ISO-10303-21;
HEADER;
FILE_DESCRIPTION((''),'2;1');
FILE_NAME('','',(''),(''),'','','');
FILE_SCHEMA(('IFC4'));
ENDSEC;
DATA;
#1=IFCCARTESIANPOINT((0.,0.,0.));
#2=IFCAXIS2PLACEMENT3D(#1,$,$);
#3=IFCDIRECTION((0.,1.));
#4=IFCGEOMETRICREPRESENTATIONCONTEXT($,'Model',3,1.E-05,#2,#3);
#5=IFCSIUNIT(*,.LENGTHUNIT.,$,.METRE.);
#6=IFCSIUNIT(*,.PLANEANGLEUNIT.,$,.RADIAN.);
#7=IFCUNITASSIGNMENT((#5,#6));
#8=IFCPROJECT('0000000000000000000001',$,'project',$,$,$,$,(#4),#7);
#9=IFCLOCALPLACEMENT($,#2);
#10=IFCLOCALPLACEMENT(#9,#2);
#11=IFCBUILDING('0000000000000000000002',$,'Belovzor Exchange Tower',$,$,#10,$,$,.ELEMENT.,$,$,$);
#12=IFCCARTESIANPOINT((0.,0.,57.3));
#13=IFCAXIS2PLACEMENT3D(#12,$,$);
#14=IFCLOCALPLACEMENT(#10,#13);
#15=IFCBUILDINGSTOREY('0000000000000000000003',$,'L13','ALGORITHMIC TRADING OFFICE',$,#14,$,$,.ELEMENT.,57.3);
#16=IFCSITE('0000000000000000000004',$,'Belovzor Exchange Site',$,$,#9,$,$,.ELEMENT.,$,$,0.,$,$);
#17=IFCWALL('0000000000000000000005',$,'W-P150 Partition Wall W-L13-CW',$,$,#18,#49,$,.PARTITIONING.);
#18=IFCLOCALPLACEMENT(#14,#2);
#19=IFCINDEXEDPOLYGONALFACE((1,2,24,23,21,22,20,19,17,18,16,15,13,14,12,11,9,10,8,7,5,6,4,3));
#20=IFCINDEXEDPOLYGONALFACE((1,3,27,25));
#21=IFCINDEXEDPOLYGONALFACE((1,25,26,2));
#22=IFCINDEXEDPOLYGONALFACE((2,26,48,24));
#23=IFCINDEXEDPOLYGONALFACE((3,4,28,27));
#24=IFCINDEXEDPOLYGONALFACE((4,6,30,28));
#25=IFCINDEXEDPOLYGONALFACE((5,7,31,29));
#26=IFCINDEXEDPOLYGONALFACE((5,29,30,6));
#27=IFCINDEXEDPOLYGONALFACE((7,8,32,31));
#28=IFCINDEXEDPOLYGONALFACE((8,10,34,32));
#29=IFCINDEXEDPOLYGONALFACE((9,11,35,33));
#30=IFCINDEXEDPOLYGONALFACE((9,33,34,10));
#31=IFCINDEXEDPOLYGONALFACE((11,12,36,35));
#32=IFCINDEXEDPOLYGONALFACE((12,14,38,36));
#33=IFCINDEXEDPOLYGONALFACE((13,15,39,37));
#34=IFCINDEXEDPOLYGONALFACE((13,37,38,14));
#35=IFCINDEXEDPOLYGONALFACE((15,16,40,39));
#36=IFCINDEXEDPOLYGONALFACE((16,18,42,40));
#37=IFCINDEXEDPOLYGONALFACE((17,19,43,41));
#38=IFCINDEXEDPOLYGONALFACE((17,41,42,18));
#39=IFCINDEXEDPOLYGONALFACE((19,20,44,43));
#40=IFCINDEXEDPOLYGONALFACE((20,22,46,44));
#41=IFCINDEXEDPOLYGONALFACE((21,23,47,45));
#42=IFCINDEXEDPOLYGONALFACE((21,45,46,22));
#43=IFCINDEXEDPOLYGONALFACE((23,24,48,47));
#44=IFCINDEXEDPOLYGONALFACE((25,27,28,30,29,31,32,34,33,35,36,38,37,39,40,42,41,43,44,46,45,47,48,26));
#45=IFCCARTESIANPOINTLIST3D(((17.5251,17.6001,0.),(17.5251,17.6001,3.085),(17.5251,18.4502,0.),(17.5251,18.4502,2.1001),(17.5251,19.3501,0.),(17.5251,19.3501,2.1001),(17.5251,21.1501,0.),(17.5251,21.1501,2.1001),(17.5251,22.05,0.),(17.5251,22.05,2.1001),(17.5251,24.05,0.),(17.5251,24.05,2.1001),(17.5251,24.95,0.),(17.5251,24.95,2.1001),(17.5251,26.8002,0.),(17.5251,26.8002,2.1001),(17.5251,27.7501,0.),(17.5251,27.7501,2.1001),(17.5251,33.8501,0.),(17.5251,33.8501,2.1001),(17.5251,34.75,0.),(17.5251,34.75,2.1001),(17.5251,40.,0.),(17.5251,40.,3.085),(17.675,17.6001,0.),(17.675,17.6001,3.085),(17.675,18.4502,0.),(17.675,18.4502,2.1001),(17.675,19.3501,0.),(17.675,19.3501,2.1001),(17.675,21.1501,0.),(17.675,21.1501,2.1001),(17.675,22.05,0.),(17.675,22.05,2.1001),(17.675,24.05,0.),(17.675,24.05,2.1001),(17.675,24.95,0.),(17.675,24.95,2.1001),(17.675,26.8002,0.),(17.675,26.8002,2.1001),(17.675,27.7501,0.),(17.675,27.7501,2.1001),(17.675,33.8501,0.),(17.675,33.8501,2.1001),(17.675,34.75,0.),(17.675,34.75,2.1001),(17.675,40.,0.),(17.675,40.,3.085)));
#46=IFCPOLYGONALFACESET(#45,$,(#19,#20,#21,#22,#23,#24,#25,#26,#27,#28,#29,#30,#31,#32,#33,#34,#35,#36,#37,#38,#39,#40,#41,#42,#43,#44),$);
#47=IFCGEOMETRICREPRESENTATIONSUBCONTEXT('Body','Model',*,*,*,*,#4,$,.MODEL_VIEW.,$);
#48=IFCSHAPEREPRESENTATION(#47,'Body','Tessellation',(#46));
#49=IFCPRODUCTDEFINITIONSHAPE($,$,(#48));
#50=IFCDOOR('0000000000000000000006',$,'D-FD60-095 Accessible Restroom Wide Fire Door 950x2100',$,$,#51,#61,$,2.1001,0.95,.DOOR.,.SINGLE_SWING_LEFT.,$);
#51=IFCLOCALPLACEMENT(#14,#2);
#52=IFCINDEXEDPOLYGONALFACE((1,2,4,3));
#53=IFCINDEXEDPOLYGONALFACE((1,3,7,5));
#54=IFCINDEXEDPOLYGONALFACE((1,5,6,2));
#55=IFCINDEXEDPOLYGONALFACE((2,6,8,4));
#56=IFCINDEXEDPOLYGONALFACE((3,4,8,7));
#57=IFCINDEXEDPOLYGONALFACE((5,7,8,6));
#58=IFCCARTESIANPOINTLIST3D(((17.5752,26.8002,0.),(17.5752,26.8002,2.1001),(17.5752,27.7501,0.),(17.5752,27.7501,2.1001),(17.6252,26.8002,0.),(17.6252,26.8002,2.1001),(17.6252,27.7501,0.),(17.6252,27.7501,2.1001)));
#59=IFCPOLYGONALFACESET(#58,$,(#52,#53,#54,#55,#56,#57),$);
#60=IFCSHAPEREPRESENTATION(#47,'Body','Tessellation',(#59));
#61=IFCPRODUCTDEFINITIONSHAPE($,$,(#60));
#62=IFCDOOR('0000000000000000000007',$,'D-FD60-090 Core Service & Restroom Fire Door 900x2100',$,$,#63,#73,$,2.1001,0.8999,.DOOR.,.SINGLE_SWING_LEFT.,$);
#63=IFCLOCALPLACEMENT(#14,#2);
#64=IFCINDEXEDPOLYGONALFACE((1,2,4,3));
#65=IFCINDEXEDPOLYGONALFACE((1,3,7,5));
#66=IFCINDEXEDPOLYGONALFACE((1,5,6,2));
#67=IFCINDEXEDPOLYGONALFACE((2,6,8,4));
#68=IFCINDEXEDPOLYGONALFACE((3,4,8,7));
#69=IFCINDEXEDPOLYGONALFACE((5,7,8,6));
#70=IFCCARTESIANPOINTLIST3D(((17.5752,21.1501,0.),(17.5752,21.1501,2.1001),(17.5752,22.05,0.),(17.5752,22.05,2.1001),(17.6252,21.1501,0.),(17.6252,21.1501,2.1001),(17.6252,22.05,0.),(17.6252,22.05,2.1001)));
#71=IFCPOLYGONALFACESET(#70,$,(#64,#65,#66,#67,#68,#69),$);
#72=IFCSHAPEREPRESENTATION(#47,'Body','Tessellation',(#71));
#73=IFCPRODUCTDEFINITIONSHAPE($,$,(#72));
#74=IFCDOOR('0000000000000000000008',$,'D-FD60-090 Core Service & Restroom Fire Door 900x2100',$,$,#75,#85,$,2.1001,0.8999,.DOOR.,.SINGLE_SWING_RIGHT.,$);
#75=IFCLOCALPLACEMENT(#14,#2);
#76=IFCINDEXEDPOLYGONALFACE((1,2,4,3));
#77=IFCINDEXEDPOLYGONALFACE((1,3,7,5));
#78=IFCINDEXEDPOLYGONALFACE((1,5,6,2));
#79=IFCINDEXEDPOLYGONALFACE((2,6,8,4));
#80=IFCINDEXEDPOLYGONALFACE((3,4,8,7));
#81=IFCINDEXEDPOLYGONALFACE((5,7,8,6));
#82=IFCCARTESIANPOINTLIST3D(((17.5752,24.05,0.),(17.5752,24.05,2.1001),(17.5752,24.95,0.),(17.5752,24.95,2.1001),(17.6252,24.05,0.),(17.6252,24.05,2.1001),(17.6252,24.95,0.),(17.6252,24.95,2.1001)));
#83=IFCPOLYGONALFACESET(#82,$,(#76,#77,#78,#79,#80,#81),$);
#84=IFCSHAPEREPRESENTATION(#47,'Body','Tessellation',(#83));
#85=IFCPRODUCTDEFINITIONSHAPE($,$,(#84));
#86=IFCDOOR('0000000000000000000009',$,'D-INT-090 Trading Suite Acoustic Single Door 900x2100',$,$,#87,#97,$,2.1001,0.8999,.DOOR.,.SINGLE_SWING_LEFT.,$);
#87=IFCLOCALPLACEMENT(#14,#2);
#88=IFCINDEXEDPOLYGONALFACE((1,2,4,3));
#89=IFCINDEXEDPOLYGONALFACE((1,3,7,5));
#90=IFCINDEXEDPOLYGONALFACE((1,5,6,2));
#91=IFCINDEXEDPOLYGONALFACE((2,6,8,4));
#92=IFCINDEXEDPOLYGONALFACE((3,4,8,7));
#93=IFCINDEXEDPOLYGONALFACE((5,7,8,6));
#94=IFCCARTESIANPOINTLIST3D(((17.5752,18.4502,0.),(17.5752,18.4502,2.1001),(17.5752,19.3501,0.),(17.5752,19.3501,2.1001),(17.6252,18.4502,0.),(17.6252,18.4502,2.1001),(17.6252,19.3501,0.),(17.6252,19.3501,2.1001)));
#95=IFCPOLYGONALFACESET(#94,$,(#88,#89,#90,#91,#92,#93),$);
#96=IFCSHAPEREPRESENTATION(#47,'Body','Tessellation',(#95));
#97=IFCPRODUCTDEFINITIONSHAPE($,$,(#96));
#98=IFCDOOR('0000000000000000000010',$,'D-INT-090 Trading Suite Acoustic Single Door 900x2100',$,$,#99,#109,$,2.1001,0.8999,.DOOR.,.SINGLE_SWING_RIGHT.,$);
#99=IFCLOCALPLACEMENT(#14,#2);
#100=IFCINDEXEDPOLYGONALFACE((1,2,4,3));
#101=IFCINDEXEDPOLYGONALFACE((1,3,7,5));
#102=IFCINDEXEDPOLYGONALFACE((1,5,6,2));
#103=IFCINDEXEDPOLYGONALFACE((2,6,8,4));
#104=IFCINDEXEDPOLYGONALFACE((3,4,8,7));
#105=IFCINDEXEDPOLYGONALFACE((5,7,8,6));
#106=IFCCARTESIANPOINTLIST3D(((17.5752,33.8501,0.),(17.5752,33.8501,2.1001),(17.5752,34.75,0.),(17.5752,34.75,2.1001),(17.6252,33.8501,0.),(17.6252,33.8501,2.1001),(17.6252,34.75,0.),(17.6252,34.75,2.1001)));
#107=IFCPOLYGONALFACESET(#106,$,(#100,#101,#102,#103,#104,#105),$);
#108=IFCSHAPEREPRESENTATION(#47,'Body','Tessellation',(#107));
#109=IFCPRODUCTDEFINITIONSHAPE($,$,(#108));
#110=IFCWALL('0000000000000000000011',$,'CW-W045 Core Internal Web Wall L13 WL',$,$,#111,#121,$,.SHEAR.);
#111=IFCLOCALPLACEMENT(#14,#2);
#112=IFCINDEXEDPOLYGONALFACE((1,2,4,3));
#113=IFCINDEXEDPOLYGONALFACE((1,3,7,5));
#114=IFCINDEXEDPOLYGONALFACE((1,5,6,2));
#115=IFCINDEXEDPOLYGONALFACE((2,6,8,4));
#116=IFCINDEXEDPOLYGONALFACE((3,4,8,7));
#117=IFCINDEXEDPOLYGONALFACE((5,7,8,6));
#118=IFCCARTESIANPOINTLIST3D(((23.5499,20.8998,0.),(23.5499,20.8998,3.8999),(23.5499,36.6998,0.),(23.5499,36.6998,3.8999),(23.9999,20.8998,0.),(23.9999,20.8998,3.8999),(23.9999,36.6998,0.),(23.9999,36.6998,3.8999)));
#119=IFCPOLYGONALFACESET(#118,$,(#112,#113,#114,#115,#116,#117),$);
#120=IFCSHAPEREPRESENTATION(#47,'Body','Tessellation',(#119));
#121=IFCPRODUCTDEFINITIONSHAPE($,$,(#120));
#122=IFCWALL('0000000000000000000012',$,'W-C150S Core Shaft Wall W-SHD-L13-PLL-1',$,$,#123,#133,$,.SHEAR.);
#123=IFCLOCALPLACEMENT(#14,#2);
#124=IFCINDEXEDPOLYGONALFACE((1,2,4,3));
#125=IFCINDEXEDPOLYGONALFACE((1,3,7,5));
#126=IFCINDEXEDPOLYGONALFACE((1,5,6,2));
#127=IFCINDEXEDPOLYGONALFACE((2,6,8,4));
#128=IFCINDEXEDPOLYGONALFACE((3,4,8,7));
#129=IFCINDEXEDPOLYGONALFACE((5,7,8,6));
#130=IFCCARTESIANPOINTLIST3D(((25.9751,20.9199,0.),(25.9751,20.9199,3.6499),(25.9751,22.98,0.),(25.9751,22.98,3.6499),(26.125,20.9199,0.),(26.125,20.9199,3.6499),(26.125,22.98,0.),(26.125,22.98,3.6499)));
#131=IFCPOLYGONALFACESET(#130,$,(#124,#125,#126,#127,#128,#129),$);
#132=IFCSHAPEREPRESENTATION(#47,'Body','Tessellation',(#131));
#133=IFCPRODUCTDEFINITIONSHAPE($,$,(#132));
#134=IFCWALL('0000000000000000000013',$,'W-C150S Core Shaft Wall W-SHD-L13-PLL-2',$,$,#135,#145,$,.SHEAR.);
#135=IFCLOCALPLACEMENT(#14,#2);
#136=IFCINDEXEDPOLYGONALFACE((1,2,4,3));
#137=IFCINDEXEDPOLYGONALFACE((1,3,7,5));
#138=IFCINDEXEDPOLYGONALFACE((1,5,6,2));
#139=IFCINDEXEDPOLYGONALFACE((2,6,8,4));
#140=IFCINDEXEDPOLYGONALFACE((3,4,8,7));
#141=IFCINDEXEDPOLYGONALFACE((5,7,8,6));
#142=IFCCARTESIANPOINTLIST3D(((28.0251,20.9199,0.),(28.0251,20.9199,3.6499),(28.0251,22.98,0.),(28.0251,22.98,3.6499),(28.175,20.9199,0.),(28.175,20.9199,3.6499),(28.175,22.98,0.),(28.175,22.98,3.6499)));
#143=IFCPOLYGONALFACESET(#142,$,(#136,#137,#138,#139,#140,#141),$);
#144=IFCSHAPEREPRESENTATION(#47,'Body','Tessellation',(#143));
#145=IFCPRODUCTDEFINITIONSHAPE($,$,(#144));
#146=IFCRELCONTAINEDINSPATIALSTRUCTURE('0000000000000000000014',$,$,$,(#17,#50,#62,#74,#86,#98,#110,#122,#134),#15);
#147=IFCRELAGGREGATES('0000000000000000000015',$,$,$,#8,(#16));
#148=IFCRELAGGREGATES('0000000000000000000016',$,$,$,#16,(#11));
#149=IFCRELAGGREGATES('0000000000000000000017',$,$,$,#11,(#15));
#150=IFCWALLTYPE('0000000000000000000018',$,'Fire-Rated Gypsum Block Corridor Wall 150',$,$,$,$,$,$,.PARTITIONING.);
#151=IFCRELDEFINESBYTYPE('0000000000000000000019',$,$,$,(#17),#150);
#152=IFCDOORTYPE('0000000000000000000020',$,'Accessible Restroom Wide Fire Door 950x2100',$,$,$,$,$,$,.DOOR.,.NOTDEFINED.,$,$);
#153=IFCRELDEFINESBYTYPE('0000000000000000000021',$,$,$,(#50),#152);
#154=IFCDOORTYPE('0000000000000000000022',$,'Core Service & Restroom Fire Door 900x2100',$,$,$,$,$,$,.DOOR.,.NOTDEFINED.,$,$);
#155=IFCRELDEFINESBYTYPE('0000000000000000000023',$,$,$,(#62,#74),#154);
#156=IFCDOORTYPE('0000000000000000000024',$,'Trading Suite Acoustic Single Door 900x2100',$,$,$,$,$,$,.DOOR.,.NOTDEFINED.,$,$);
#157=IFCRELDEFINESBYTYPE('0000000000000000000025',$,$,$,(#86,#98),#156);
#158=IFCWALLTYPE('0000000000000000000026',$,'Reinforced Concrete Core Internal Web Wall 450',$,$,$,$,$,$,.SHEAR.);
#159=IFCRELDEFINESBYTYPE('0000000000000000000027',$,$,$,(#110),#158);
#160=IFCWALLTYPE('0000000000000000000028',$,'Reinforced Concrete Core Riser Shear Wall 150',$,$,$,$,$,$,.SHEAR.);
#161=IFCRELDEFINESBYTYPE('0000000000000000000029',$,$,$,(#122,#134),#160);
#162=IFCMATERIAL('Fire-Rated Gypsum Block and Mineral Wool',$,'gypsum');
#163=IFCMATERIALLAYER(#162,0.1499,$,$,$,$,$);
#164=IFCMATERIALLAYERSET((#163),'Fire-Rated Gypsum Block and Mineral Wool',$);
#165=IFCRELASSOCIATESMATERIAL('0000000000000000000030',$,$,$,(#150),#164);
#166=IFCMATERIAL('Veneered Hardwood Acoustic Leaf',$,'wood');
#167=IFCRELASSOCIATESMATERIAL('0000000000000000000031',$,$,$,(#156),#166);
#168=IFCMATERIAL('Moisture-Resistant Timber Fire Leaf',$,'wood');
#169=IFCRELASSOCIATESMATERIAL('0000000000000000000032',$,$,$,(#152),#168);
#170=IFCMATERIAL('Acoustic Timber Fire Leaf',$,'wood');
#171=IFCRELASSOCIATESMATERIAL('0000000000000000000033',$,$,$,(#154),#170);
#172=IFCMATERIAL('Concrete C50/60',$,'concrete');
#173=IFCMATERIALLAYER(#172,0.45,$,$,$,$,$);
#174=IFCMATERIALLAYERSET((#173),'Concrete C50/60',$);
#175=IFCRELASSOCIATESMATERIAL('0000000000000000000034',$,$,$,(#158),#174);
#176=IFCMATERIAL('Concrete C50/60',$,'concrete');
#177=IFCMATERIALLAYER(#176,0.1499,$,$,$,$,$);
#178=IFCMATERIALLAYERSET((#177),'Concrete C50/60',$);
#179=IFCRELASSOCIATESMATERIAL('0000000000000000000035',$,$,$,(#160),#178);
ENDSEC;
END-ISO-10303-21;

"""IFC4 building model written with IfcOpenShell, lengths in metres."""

from ifc_helpers import new_model, si_unit, direction, frame, frame_2d, origin, place, context, subcontext, project, spatial, rectangle, extrude, material, layer, layer_set, type_object, element, fill, save


model = new_model("IFC4")

# Units and contexts
model_context = context("Model", 3, precision=1e-05, world=origin(), true_north=direction((0.0, 1.0)))
body_context = subcontext(model_context, "Body", "Model", "MODEL_VIEW")
ifc_project = project(units=[si_unit("LENGTHUNIT", "METRE"), si_unit("PLANEANGLEUNIT", "RADIAN")], contexts=[model_context])

# Site, building, storey
site_placement = place(None, origin())
site = spatial("IfcSite", under=ifc_project, at=site_placement, Name="Belovzor Exchange Site", CompositionType="ELEMENT", RefElevation=0.0)
building_placement = place(site_placement, origin())
building = spatial("IfcBuilding", under=site, at=building_placement, Name="Belovzor Exchange Tower", CompositionType="ELEMENT")
storey_placement = place(building_placement, frame((0.0, 0.0, 57.3)))
storey = spatial("IfcBuildingStorey", under=building, at=storey_placement, Name="L13", Description="ALGORITHMIC TRADING OFFICE", CompositionType="ELEMENT", Elevation=57.3)

# Shared definitions
ifc_material_1 = material(Name="Fire-Rated Gypsum Block and Mineral Wool", Category="gypsum")
ifc_layer_1 = layer(ifc_material_1, 0.1499)
ifc_layer_set_1 = layer_set([ifc_layer_1], Name="Fire-Rated Gypsum Block and Mineral Wool")
wall_type_1 = type_object("IfcWallType", Name="Fire-Rated Gypsum Block Corridor Wall 150", PredefinedType="PARTITIONING", material=ifc_layer_set_1)

# Shared definitions
ifc_material_2 = material(Name="Veneered Hardwood Acoustic Leaf", Category="wood")
door_type_1 = type_object("IfcDoorType", Name="Trading Suite Acoustic Single Door 900x2100", OperationType="NOTDEFINED", PredefinedType="DOOR", material=ifc_material_2)

# Wall, openings, doors
wall_1_placement = place(storey_placement, frame((17.6001, 17.6001, 0.0), z_axis=(0.0, 0.0, 1.0), x_axis=(0.0, 1.0, 0.0)))
wall_1 = element("IfcWall", 1, at=wall_1_placement, inside=storey, type_object=wall_type_1, Name="W-P150 Partition Wall W-L13-CW", PredefinedType="PARTITIONING", context=body_context, shape_type="SweptSolid", body=[
    extrude(rectangle(XDim=22.3999, YDim=0.1499, at=frame_2d((11.2, 0.0))), origin(), (0.0, 0.0, 1.0), 3.085),
])
opening_1_placement = place(wall_1_placement, frame((0.8501, 0.0, 0.0)))
opening_1 = element("IfcOpeningElement", 2, at=opening_1_placement, cuts=wall_1, PredefinedType="OPENING", context=body_context, shape_type="SweptSolid", body=[
    extrude(rectangle(XDim=0.8999, YDim=2.1001, at=frame_2d((0.45, 1.05))), frame((0.0, 0.085, 0.0), z_axis=(0.0, -1.0, 0.0), x_axis=(1.0, 0.0, 0.0)), (0.0, 0.0, 1.0), 0.1699),
])
opening_2_placement = place(wall_1_placement, frame((3.55, 0.0, 0.0)))
opening_2 = element("IfcOpeningElement", 3, at=opening_2_placement, cuts=wall_1, PredefinedType="OPENING", context=body_context, shape_type="SweptSolid", body=[
    extrude(rectangle(XDim=0.8999, YDim=2.1001, at=frame_2d((0.45, 1.05))), frame((0.0, 0.085, 0.0), z_axis=(0.0, -1.0, 0.0), x_axis=(1.0, 0.0, 0.0)), (0.0, 0.0, 1.0), 0.1699),
])
opening_3_placement = place(wall_1_placement, frame((6.45, 0.0, 0.0)))
opening_3 = element("IfcOpeningElement", 4, at=opening_3_placement, cuts=wall_1, PredefinedType="OPENING", context=body_context, shape_type="SweptSolid", body=[
    extrude(rectangle(XDim=0.8999, YDim=2.1001, at=frame_2d((0.45, 1.05))), frame((0.0, 0.085, 0.0), z_axis=(0.0, -1.0, 0.0), x_axis=(1.0, 0.0, 0.0)), (0.0, 0.0, 1.0), 0.1699),
])
opening_4_placement = place(wall_1_placement, frame((9.2, 0.0, 0.0)))
opening_4 = element("IfcOpeningElement", 5, at=opening_4_placement, cuts=wall_1, PredefinedType="OPENING", context=body_context, shape_type="SweptSolid", body=[
    extrude(rectangle(XDim=0.95, YDim=2.1001, at=frame_2d((0.4751, 1.05))), frame((0.0, 0.085, 0.0), z_axis=(0.0, -1.0, 0.0), x_axis=(1.0, 0.0, 0.0)), (0.0, 0.0, 1.0), 0.1699),
])
opening_5_placement = place(wall_1_placement, frame((16.25, 0.0, 0.0)))
opening_5 = element("IfcOpeningElement", 6, at=opening_5_placement, cuts=wall_1, PredefinedType="OPENING", context=body_context, shape_type="SweptSolid", body=[
    extrude(rectangle(XDim=0.8999, YDim=2.1001, at=frame_2d((0.45, 1.05))), frame((0.0, 0.085, 0.0), z_axis=(0.0, -1.0, 0.0), x_axis=(1.0, 0.0, 0.0)), (0.0, 0.0, 1.0), 0.1699),
])
ifc_material_3 = material(Name="Moisture-Resistant Timber Fire Leaf", Category="wood")
door_type_2 = type_object("IfcDoorType", Name="Accessible Restroom Wide Fire Door 950x2100", OperationType="NOTDEFINED", PredefinedType="DOOR", material=ifc_material_3)
door_1_placement = place(opening_4_placement, origin())
door_1 = element("IfcDoor", 7, at=door_1_placement, inside=storey, type_object=door_type_2, Name="D-FD60-095 Accessible Restroom Wide Fire Door 950x2100", OperationType="SINGLE_SWING_LEFT", OverallHeight=2.1001, OverallWidth=0.95, PredefinedType="DOOR", context=body_context, shape_type="SweptSolid", body=[
    extrude(rectangle(XDim=0.95, YDim=2.1001, at=frame_2d((0.4751, 1.05))), frame((0.0, 0.0249, 0.0), z_axis=(0.0, -1.0, 0.0), x_axis=(1.0, 0.0, 0.0)), (0.0, 0.0, 1.0), 0.05),
])
fill(opening_4, door_1)
ifc_material_4 = material(Name="Acoustic Timber Fire Leaf", Category="wood")
door_type_3 = type_object("IfcDoorType", Name="Core Service & Restroom Fire Door 900x2100", OperationType="NOTDEFINED", PredefinedType="DOOR", material=ifc_material_4)
door_2_placement = place(opening_2_placement, origin())
door_2 = element("IfcDoor", 8, at=door_2_placement, inside=storey, type_object=door_type_3, Name="D-FD60-090 Core Service & Restroom Fire Door 900x2100", OperationType="SINGLE_SWING_LEFT", OverallHeight=2.1001, OverallWidth=0.8999, PredefinedType="DOOR", context=body_context, shape_type="SweptSolid", body=[
    extrude(rectangle(XDim=0.8999, YDim=2.1001, at=frame_2d((0.45, 1.05))), frame((0.0, 0.0249, 0.0), z_axis=(0.0, -1.0, 0.0), x_axis=(1.0, 0.0, 0.0)), (0.0, 0.0, 1.0), 0.05),
])
fill(opening_2, door_2)
door_3_placement = place(opening_3_placement, origin())
door_3 = element("IfcDoor", 9, at=door_3_placement, inside=storey, type_object=door_type_3, Name="D-FD60-090 Core Service & Restroom Fire Door 900x2100", OperationType="SINGLE_SWING_RIGHT", OverallHeight=2.1001, OverallWidth=0.8999, PredefinedType="DOOR", context=body_context, shape_type="SweptSolid", body=[
    extrude(rectangle(XDim=0.8999, YDim=2.1001, at=frame_2d((0.45, 1.05))), frame((0.0, 0.0249, 0.0), z_axis=(0.0, -1.0, 0.0), x_axis=(1.0, 0.0, 0.0)), (0.0, 0.0, 1.0), 0.05),
])
fill(opening_3, door_3)
door_4_placement = place(opening_1_placement, origin())
door_4 = element("IfcDoor", 10, at=door_4_placement, inside=storey, type_object=door_type_1, Name="D-INT-090 Trading Suite Acoustic Single Door 900x2100", OperationType="SINGLE_SWING_LEFT", OverallHeight=2.1001, OverallWidth=0.8999, PredefinedType="DOOR", context=body_context, shape_type="SweptSolid", body=[
    extrude(rectangle(XDim=0.8999, YDim=2.1001, at=frame_2d((0.45, 1.05))), frame((0.0, 0.0249, 0.0), z_axis=(0.0, -1.0, 0.0), x_axis=(1.0, 0.0, 0.0)), (0.0, 0.0, 1.0), 0.05),
])
fill(opening_1, door_4)
door_5_placement = place(opening_5_placement, origin())
door_5 = element("IfcDoor", 11, at=door_5_placement, inside=storey, type_object=door_type_1, Name="D-INT-090 Trading Suite Acoustic Single Door 900x2100", OperationType="SINGLE_SWING_RIGHT", OverallHeight=2.1001, OverallWidth=0.8999, PredefinedType="DOOR", context=body_context, shape_type="SweptSolid", body=[
    extrude(rectangle(XDim=0.8999, YDim=2.1001, at=frame_2d((0.45, 1.05))), frame((0.0, 0.0249, 0.0), z_axis=(0.0, -1.0, 0.0), x_axis=(1.0, 0.0, 0.0)), (0.0, 0.0, 1.0), 0.05),
])
fill(opening_5, door_5)

# Walls
ifc_material_5 = material(Name="Concrete C50/60", Category="concrete")
ifc_layer_2 = layer(ifc_material_5, 0.45)
ifc_layer_set_2 = layer_set([ifc_layer_2], Name="Concrete C50/60")
wall_type_2 = type_object("IfcWallType", Name="Reinforced Concrete Core Internal Web Wall 450", PredefinedType="SHEAR", material=ifc_layer_set_2)
wall_2_placement = place(storey_placement, frame((23.7749, 20.8999, 0.0), z_axis=(0.0, 0.0, 1.0), x_axis=(0.0, 1.0, 0.0)))
element("IfcWall", 12, at=wall_2_placement, inside=storey, type_object=wall_type_2, Name="CW-W045 Core Internal Web Wall L13 WL", PredefinedType="SHEAR", context=body_context, shape_type="SweptSolid", body=[
    extrude(rectangle(XDim=15.8, YDim=0.45, at=frame_2d((7.8999, 0.0))), origin(), (0.0, 0.0, 1.0), 3.8999),
])
ifc_material_6 = material(Name="Concrete C50/60", Category="concrete")
ifc_layer_3 = layer(ifc_material_6, 0.1499)
ifc_layer_set_3 = layer_set([ifc_layer_3], Name="Concrete C50/60")
wall_type_3 = type_object("IfcWallType", Name="Reinforced Concrete Core Riser Shear Wall 150", PredefinedType="SHEAR", material=ifc_layer_set_3)
for number, where, z_axis, x_axis, name in (
    (13, (26.05, 20.9199, 0.0), (0.0, 0.0, 1.0), (0.0, 1.0, 0.0), "W-C150S Core Shaft Wall W-SHD-L13-PLL-1"),
    (14, (28.1001, 20.9199, 0.0), (0.0, 0.0, 1.0), (0.0, 1.0, 0.0), "W-C150S Core Shaft Wall W-SHD-L13-PLL-2"),
):
    element("IfcWall", number, at=place(storey_placement, frame(where, z_axis=z_axis, x_axis=x_axis)), inside=storey, type_object=wall_type_3, Name=name, PredefinedType="SHEAR", context=body_context, shape_type="SweptSolid", body=[
        extrude(rectangle(XDim=2.0601, YDim=0.1499, at=frame_2d((1.03, 0.0))), origin(), (0.0, 0.0, 1.0), 3.6499),
    ])

save(model, "model.ifc")
